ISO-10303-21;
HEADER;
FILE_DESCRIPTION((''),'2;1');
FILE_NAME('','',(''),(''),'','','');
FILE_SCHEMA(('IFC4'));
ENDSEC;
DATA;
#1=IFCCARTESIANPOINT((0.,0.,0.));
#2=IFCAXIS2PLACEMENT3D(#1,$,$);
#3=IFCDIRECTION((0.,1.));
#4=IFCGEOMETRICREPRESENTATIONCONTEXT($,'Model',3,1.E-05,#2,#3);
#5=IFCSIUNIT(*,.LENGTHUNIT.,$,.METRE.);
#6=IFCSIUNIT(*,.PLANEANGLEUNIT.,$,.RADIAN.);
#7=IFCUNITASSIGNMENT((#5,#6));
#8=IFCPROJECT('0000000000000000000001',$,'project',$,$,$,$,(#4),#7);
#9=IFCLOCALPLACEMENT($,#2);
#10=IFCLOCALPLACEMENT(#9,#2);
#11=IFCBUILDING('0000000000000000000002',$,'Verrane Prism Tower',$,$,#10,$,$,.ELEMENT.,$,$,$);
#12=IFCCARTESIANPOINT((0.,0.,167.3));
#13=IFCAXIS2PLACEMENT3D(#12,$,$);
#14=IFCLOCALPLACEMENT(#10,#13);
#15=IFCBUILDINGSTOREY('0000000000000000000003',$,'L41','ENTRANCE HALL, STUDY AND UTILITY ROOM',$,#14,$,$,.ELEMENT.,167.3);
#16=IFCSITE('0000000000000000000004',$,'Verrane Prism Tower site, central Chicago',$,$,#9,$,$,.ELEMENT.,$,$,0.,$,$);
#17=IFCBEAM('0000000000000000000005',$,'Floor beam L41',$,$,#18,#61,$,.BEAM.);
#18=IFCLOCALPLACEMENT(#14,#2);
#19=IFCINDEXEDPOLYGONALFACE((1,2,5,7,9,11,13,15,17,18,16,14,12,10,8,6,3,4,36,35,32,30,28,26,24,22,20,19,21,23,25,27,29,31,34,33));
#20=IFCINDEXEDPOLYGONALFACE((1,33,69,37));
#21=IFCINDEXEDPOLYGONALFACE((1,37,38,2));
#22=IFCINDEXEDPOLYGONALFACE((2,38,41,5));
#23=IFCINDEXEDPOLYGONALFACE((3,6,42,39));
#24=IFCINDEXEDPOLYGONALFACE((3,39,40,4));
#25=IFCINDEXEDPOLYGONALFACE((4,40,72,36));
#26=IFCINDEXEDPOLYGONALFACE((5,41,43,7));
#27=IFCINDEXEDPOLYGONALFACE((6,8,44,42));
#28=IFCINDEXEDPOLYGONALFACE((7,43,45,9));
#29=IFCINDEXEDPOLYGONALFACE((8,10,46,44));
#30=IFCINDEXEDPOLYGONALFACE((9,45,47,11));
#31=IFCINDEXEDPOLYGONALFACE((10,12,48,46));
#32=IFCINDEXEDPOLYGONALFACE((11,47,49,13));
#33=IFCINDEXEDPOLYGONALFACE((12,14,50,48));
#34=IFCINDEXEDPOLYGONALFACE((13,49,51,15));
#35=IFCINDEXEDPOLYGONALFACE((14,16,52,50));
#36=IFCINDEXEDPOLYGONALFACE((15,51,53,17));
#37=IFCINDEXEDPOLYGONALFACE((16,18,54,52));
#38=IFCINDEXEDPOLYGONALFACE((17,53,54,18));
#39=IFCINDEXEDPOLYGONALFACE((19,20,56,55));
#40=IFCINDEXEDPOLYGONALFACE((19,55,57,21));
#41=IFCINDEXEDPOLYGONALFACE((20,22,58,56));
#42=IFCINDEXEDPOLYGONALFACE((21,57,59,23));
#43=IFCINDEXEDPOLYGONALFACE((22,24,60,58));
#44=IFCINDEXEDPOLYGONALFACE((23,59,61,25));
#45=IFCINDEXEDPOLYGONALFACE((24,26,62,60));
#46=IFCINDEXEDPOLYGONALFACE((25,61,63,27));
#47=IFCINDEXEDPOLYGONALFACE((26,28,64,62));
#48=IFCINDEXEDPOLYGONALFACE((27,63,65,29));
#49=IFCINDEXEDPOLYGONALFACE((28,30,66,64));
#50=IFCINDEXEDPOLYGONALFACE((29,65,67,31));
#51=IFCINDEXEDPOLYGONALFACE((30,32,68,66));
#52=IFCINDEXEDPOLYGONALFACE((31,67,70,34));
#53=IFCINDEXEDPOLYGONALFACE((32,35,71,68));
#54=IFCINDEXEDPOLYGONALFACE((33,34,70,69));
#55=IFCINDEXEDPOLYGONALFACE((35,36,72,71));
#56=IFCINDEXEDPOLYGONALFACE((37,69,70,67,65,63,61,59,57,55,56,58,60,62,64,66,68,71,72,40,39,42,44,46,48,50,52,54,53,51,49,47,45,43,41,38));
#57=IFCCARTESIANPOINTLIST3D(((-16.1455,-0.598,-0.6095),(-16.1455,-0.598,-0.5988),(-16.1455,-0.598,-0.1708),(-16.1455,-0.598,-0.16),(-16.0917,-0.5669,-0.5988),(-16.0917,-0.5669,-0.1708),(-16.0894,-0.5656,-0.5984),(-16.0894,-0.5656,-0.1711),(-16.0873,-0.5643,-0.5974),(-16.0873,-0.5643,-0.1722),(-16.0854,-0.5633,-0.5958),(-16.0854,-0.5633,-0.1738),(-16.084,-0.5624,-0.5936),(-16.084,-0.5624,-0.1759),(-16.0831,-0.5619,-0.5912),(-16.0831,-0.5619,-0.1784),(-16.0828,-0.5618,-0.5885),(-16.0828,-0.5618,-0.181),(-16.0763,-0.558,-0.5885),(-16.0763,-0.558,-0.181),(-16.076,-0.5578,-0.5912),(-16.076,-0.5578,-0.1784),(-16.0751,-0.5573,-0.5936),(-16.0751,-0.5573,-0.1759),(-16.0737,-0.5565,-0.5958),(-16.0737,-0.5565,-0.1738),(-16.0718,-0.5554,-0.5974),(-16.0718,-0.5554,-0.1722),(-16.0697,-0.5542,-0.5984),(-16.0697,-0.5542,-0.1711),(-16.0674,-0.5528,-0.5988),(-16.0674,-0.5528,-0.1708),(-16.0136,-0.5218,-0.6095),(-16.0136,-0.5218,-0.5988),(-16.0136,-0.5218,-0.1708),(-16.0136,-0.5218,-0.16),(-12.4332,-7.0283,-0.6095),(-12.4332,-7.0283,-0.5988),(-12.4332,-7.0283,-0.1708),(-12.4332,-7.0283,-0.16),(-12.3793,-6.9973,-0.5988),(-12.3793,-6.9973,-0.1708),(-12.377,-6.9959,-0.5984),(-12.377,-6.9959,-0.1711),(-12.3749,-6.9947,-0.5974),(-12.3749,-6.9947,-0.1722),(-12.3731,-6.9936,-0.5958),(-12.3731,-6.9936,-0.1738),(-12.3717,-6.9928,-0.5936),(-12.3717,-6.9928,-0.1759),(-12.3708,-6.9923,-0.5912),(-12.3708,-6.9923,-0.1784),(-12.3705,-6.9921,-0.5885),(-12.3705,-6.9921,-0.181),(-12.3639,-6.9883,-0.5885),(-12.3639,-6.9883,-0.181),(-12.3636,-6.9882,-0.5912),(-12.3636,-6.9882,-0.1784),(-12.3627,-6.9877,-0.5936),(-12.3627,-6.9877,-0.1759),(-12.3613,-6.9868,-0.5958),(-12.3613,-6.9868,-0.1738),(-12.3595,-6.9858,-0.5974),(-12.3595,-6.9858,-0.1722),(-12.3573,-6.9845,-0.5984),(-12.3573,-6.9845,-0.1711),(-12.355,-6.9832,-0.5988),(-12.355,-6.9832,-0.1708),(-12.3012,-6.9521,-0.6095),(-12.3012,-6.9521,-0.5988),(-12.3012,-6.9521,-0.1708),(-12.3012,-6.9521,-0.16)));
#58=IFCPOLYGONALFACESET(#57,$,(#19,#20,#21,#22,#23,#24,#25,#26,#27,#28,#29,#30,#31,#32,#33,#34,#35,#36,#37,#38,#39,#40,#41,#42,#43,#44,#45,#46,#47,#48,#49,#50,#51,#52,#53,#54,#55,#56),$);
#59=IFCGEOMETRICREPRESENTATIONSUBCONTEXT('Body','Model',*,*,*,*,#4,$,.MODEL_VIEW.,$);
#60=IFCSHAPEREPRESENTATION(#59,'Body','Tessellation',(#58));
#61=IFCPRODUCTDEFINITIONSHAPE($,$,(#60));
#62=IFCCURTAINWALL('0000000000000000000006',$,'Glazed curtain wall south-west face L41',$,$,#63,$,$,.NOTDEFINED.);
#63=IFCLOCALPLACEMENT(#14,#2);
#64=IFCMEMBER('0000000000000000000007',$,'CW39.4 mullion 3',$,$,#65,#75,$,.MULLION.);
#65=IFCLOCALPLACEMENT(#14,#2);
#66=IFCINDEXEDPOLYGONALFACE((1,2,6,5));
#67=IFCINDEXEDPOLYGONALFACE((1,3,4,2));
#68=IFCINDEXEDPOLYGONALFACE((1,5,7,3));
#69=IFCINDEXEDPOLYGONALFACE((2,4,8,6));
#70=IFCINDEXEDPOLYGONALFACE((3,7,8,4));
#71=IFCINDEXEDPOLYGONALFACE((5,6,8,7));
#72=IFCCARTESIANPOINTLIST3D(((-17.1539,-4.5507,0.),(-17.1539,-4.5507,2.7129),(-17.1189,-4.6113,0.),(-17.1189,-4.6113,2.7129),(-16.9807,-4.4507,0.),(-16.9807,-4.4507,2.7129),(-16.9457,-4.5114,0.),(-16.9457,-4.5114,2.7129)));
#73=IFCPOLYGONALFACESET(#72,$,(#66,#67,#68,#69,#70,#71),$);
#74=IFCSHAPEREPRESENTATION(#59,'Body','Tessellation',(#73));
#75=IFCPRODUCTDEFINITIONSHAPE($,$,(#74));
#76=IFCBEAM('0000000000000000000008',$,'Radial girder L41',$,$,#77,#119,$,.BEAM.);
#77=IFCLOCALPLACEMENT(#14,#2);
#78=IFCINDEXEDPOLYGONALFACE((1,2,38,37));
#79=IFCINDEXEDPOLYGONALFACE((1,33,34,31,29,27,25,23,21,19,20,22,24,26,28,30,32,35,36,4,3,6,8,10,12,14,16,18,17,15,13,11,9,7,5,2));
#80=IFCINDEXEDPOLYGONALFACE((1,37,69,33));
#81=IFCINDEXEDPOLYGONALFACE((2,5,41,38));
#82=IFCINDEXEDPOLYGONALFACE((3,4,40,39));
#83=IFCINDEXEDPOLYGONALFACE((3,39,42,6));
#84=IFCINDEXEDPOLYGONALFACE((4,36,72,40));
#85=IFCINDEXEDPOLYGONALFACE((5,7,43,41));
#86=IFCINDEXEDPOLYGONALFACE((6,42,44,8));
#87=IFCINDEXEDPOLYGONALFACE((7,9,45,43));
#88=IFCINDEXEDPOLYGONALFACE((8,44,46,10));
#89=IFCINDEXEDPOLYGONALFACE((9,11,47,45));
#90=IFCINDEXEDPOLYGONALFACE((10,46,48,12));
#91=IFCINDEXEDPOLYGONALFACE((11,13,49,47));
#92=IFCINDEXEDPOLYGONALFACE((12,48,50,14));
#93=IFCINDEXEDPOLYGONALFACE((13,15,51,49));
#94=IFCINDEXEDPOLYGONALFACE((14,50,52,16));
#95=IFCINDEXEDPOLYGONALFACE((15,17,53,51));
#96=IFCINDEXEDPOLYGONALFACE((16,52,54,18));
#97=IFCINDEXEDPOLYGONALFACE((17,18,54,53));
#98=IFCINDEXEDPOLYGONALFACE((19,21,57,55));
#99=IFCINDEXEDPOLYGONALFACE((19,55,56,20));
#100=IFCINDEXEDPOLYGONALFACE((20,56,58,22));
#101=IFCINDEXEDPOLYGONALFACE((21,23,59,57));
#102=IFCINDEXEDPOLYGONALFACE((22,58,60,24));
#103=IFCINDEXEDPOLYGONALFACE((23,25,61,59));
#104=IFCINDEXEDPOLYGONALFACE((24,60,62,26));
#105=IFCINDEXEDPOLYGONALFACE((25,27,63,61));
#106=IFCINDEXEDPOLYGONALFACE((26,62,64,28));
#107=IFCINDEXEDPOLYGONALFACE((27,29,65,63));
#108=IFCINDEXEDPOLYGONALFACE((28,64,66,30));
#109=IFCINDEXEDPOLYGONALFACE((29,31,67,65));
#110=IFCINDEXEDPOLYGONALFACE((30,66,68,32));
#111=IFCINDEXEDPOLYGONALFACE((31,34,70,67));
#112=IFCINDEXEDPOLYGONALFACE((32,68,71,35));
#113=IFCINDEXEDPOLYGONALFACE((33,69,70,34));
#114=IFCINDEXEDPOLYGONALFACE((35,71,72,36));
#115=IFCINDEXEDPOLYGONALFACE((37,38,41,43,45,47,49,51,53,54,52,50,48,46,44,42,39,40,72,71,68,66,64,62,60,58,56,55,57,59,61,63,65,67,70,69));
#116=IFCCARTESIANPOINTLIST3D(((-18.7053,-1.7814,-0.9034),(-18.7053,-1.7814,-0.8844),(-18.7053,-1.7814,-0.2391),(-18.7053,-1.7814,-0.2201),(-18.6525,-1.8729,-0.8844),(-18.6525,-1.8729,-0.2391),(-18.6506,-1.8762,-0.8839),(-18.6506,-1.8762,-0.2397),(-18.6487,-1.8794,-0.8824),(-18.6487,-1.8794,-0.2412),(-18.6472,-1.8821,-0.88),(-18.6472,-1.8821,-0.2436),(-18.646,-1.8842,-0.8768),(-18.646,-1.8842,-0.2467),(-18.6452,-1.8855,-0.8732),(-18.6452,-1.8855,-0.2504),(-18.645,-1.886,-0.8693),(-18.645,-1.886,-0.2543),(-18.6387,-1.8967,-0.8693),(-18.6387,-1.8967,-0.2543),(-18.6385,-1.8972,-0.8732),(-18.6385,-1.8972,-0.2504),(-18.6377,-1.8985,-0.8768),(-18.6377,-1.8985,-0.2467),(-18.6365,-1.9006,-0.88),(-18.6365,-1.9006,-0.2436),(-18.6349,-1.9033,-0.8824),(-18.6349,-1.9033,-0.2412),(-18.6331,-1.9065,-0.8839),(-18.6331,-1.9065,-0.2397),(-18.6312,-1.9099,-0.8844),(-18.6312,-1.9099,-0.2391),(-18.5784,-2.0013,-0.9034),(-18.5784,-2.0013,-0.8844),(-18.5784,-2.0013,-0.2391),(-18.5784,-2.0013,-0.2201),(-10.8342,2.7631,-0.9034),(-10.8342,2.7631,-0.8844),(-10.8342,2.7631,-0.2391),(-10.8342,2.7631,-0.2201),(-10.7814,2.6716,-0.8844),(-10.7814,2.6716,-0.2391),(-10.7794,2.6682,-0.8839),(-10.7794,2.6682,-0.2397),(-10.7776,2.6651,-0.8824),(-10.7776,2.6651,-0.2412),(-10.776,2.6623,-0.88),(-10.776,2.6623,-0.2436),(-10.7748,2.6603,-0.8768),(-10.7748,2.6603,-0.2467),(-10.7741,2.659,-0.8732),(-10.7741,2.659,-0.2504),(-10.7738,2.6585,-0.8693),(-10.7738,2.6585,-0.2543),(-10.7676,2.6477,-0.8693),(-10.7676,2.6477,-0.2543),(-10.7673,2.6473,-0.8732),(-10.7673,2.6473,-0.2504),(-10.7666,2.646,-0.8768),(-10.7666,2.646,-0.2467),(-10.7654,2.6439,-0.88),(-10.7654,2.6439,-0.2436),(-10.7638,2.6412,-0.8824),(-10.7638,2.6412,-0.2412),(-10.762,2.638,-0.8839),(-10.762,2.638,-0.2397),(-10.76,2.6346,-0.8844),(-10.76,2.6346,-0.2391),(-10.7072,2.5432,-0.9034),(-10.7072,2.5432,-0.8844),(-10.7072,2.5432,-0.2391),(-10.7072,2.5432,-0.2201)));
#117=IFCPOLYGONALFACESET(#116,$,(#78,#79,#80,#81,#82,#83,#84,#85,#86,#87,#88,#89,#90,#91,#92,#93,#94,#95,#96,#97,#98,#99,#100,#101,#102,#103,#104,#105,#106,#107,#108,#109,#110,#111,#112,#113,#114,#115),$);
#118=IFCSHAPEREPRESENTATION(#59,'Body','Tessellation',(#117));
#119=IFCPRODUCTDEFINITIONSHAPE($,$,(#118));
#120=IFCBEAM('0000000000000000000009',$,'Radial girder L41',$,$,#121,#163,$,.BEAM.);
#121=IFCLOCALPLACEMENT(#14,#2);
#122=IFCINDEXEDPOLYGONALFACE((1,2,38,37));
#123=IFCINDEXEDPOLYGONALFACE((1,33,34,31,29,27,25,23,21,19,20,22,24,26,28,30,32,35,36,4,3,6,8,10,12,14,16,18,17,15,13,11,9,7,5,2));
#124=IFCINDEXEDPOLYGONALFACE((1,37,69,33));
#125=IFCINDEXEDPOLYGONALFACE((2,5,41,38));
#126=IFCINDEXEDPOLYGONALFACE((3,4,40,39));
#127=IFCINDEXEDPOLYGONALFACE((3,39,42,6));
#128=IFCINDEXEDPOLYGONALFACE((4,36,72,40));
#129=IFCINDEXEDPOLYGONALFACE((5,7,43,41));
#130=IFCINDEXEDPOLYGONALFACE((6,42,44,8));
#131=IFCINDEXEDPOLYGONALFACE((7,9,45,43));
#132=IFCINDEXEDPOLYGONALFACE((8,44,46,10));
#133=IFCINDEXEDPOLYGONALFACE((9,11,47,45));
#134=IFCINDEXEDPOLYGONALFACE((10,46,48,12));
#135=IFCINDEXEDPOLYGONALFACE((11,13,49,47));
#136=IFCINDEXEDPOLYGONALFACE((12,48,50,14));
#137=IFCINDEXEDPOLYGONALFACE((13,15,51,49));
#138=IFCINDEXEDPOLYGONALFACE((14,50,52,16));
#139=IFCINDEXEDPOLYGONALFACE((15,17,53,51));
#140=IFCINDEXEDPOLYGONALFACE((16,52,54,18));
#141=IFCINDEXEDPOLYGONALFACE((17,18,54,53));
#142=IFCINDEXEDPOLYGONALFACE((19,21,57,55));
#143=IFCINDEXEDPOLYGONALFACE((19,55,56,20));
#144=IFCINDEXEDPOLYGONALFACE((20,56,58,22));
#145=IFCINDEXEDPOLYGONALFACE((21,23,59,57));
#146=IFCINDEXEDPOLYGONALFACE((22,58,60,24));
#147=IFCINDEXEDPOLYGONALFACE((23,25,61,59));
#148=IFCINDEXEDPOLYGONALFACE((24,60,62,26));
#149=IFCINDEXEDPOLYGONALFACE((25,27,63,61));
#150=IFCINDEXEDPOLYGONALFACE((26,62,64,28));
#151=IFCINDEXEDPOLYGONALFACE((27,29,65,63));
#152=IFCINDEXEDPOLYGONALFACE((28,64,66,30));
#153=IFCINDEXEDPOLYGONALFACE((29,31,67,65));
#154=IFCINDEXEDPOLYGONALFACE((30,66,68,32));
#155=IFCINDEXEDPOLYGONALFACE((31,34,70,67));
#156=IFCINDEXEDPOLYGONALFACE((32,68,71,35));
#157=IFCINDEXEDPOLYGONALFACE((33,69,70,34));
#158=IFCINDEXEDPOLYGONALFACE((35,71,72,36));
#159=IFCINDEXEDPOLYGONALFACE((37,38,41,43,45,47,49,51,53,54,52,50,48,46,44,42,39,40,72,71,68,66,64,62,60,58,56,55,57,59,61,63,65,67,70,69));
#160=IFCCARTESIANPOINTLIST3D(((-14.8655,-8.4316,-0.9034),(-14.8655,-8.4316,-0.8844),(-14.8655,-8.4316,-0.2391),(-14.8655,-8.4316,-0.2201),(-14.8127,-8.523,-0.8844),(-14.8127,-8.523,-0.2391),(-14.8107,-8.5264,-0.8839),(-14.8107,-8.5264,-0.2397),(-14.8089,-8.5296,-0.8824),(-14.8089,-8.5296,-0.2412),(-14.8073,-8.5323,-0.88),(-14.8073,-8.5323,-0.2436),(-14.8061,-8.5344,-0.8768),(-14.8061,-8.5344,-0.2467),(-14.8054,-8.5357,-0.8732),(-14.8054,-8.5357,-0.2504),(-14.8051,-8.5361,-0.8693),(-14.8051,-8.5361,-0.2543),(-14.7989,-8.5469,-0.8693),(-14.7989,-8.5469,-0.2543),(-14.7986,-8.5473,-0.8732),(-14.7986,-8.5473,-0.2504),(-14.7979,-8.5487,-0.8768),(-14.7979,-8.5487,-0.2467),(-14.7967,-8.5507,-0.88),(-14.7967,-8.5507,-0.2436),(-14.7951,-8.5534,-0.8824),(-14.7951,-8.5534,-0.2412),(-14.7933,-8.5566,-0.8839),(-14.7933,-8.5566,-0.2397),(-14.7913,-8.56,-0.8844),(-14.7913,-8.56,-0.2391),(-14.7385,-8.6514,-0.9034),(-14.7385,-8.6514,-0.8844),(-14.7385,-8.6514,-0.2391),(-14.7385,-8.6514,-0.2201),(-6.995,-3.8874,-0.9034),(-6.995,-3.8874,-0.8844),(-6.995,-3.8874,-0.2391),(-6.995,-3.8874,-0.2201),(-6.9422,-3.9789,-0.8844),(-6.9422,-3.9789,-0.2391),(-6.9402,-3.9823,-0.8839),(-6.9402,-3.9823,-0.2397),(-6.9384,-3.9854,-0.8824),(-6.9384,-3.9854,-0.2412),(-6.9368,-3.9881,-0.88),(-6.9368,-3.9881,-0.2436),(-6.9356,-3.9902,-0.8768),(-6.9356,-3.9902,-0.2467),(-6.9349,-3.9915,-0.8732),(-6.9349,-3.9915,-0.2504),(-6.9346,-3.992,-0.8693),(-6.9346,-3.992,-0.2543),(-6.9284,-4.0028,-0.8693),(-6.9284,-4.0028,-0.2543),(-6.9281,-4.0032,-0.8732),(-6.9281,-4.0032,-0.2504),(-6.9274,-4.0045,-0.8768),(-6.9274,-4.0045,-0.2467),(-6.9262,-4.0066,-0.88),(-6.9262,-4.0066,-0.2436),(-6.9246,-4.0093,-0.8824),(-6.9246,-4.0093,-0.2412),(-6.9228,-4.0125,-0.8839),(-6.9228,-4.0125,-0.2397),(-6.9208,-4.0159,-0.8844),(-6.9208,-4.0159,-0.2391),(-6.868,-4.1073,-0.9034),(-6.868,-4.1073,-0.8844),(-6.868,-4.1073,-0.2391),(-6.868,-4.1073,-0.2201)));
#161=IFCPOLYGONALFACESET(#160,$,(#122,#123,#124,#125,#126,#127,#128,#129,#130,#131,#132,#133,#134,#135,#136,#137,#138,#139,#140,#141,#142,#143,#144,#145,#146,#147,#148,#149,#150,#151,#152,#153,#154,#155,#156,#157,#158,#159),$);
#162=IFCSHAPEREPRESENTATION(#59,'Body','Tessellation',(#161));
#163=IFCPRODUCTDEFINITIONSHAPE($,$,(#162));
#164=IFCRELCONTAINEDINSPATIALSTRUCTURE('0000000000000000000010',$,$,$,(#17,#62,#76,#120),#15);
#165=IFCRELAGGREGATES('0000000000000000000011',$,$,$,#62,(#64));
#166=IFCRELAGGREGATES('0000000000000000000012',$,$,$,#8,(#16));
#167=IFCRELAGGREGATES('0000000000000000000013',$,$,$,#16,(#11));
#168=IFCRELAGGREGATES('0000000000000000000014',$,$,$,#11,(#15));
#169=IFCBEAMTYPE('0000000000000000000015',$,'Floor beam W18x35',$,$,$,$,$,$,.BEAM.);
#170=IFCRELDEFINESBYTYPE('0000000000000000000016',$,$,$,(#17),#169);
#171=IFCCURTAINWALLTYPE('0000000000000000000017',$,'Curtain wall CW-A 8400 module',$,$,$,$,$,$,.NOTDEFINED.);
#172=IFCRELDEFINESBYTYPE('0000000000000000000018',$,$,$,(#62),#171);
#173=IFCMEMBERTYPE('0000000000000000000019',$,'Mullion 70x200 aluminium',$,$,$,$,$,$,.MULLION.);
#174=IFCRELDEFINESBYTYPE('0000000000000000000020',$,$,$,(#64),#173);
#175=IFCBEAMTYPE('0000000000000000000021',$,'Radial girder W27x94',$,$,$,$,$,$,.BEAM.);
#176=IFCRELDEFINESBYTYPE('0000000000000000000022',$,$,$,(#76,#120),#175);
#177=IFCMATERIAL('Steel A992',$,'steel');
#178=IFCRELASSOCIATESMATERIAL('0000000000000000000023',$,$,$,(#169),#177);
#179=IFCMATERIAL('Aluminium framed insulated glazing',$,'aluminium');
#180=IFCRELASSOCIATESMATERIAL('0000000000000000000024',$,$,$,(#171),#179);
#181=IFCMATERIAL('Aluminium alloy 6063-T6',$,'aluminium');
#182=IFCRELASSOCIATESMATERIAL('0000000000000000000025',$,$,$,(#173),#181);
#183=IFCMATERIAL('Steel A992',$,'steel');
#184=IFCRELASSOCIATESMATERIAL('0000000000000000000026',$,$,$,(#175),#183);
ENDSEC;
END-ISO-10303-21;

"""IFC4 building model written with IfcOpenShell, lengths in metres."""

from ifc_helpers import new_model, si_unit, direction, frame, origin, origin_2d, place, context, subcontext, project, spatial, rectangle, i_section, extrude, material, material_profile, profile_set, type_object, element, aggregate, save


model = new_model("IFC4")

# Units and contexts
model_context = context("Model", 3, precision=1e-05, world=origin(), true_north=direction((0.0, 1.0)))
body_context = subcontext(model_context, "Body", "Model", "MODEL_VIEW")
ifc_project = project(units=[si_unit("LENGTHUNIT", "METRE"), si_unit("PLANEANGLEUNIT", "RADIAN")], contexts=[model_context])

# Site, building, storey
site_placement = place(None, origin())
site = spatial("IfcSite", under=ifc_project, at=site_placement, Name="Verrane Prism Tower site, central Chicago", CompositionType="ELEMENT", RefElevation=0.0)
building_placement = place(site_placement, origin())
building = spatial("IfcBuilding", under=site, at=building_placement, Name="Verrane Prism Tower", CompositionType="ELEMENT")
storey_placement = place(building_placement, frame((0.0, 0.0, 167.3)))
storey = spatial("IfcBuildingStorey", under=building, at=storey_placement, Name="L41", Description="ENTRANCE HALL, STUDY AND UTILITY ROOM", CompositionType="ELEMENT", Elevation=167.3)

# Beam
ifc_material_1 = material(Name="Steel A992", Category="steel")
ifc_material_profile_1 = material_profile(ifc_material_1, i_section(OverallWidth=0.1523, OverallDepth=0.4495, WebThickness=0.0076, FlangeThickness=0.0107, FilletRadius=0.0103, at=origin_2d()), Name="W18x35")
ifc_profile_set_1 = profile_set([ifc_material_profile_1], Name="Steel A992")
beam_type_1 = type_object("IfcBeamType", Name="Floor beam W18x35", PredefinedType="BEAM", material=ifc_profile_set_1)
beam_1_placement = place(storey_placement, frame((-12.3672, -6.9902, -0.3848), z_axis=(-0.49998, 0.866037, 0.0), x_axis=(-0.866037, -0.49998, 0.0)))
element("IfcBeam", 1, at=beam_1_placement, inside=storey, type_object=beam_type_1, Name="Floor beam L41", PredefinedType="BEAM", context=body_context, shape_type="SweptSolid", body=[
    extrude(i_section(OverallWidth=0.1523, OverallDepth=0.4495, WebThickness=0.0076, FlangeThickness=0.0107, FilletRadius=0.0103, at=origin_2d()), origin(), (0.0, 0.0, 1.0), 7.425),
])

# Curtain wall, member
ifc_material_2 = material(Name="Aluminium framed insulated glazing", Category="aluminium")
curtain_wall_type = type_object("IfcCurtainWallType", Name="Curtain wall CW-A 8400 module", PredefinedType="NOTDEFINED", material=ifc_material_2)
curtain_wall_placement = place(storey_placement, origin())
curtain_wall = element("IfcCurtainWall", 2, at=curtain_wall_placement, inside=storey, type_object=curtain_wall_type, Name="Glazed curtain wall south-west face L41", PredefinedType="NOTDEFINED")
ifc_material_3 = material(Name="Aluminium alloy 6063-T6", Category="aluminium")
ifc_material_profile_2 = material_profile(ifc_material_3, rectangle(XDim=0.2, YDim=0.0701, at=origin_2d()), Name="Mullion 70x200 aluminium")
ifc_profile_set_2 = profile_set([ifc_material_profile_2], Name="Aluminium alloy 6063-T6")
member_type_1 = type_object("IfcMemberType", Name="Mullion 70x200 aluminium", PredefinedType="MULLION", material=ifc_profile_set_2)
member_1_placement = place(storey_placement, frame((-17.0498, -4.531, 0.0), z_axis=(0.0, 0.0, 1.0), x_axis=(0.866026, 0.499999, 0.0)))
member_1 = element("IfcMember", 3, at=member_1_placement, type_object=member_type_1, Name="CW39.4 mullion 3", PredefinedType="MULLION", context=body_context, shape_type="SweptSolid", body=[
    extrude(rectangle(XDim=0.2, YDim=0.0701, at=origin_2d()), origin(), (0.0, 0.0, 1.0), 2.7129),
])

# Beams
ifc_material_4 = material(Name="Steel A992", Category="steel")
ifc_material_profile_3 = material_profile(ifc_material_4, i_section(OverallWidth=0.2539, OverallDepth=0.6833, WebThickness=0.0125, FlangeThickness=0.019, FilletRadius=0.0151, at=origin_2d()), Name="W27x94")
ifc_profile_set_3 = profile_set([ifc_material_profile_3], Name="Steel A992")
beam_type_2 = type_object("IfcBeamType", Name="Radial girder W27x94", PredefinedType="BEAM", material=ifc_profile_set_3)
beam_2_placement = place(storey_placement, frame((-18.6418, -1.8914, -0.5618), z_axis=(0.866023, 0.500005, 0.0), x_axis=(-0.500005, 0.866023, 0.0)))
element("IfcBeam", 4, at=beam_2_placement, inside=storey, type_object=beam_type_2, Name="Radial girder L41", PredefinedType="BEAM", context=body_context, shape_type="SweptSolid", body=[
    extrude(i_section(OverallWidth=0.2539, OverallDepth=0.6833, WebThickness=0.0125, FlangeThickness=0.019, FilletRadius=0.0151, at=origin_2d()), origin(), (0.0, 0.0, 1.0), 9.0889),
])
beam_3_placement = place(storey_placement, frame((-14.802, -8.5415, -0.5618), z_axis=(0.866021, 0.500008, 0.0), x_axis=(-0.500008, 0.866021, 0.0)))
element("IfcBeam", 5, at=beam_3_placement, inside=storey, type_object=beam_type_2, Name="Radial girder L41", PredefinedType="BEAM", context=body_context, shape_type="SweptSolid", body=[
    extrude(i_section(OverallWidth=0.2539, OverallDepth=0.6833, WebThickness=0.0125, FlangeThickness=0.019, FilletRadius=0.0151, at=origin_2d()), origin(), (0.0, 0.0, 1.0), 9.0881),
])

aggregate(curtain_wall, [member_1])

save(model, "model.ifc")
